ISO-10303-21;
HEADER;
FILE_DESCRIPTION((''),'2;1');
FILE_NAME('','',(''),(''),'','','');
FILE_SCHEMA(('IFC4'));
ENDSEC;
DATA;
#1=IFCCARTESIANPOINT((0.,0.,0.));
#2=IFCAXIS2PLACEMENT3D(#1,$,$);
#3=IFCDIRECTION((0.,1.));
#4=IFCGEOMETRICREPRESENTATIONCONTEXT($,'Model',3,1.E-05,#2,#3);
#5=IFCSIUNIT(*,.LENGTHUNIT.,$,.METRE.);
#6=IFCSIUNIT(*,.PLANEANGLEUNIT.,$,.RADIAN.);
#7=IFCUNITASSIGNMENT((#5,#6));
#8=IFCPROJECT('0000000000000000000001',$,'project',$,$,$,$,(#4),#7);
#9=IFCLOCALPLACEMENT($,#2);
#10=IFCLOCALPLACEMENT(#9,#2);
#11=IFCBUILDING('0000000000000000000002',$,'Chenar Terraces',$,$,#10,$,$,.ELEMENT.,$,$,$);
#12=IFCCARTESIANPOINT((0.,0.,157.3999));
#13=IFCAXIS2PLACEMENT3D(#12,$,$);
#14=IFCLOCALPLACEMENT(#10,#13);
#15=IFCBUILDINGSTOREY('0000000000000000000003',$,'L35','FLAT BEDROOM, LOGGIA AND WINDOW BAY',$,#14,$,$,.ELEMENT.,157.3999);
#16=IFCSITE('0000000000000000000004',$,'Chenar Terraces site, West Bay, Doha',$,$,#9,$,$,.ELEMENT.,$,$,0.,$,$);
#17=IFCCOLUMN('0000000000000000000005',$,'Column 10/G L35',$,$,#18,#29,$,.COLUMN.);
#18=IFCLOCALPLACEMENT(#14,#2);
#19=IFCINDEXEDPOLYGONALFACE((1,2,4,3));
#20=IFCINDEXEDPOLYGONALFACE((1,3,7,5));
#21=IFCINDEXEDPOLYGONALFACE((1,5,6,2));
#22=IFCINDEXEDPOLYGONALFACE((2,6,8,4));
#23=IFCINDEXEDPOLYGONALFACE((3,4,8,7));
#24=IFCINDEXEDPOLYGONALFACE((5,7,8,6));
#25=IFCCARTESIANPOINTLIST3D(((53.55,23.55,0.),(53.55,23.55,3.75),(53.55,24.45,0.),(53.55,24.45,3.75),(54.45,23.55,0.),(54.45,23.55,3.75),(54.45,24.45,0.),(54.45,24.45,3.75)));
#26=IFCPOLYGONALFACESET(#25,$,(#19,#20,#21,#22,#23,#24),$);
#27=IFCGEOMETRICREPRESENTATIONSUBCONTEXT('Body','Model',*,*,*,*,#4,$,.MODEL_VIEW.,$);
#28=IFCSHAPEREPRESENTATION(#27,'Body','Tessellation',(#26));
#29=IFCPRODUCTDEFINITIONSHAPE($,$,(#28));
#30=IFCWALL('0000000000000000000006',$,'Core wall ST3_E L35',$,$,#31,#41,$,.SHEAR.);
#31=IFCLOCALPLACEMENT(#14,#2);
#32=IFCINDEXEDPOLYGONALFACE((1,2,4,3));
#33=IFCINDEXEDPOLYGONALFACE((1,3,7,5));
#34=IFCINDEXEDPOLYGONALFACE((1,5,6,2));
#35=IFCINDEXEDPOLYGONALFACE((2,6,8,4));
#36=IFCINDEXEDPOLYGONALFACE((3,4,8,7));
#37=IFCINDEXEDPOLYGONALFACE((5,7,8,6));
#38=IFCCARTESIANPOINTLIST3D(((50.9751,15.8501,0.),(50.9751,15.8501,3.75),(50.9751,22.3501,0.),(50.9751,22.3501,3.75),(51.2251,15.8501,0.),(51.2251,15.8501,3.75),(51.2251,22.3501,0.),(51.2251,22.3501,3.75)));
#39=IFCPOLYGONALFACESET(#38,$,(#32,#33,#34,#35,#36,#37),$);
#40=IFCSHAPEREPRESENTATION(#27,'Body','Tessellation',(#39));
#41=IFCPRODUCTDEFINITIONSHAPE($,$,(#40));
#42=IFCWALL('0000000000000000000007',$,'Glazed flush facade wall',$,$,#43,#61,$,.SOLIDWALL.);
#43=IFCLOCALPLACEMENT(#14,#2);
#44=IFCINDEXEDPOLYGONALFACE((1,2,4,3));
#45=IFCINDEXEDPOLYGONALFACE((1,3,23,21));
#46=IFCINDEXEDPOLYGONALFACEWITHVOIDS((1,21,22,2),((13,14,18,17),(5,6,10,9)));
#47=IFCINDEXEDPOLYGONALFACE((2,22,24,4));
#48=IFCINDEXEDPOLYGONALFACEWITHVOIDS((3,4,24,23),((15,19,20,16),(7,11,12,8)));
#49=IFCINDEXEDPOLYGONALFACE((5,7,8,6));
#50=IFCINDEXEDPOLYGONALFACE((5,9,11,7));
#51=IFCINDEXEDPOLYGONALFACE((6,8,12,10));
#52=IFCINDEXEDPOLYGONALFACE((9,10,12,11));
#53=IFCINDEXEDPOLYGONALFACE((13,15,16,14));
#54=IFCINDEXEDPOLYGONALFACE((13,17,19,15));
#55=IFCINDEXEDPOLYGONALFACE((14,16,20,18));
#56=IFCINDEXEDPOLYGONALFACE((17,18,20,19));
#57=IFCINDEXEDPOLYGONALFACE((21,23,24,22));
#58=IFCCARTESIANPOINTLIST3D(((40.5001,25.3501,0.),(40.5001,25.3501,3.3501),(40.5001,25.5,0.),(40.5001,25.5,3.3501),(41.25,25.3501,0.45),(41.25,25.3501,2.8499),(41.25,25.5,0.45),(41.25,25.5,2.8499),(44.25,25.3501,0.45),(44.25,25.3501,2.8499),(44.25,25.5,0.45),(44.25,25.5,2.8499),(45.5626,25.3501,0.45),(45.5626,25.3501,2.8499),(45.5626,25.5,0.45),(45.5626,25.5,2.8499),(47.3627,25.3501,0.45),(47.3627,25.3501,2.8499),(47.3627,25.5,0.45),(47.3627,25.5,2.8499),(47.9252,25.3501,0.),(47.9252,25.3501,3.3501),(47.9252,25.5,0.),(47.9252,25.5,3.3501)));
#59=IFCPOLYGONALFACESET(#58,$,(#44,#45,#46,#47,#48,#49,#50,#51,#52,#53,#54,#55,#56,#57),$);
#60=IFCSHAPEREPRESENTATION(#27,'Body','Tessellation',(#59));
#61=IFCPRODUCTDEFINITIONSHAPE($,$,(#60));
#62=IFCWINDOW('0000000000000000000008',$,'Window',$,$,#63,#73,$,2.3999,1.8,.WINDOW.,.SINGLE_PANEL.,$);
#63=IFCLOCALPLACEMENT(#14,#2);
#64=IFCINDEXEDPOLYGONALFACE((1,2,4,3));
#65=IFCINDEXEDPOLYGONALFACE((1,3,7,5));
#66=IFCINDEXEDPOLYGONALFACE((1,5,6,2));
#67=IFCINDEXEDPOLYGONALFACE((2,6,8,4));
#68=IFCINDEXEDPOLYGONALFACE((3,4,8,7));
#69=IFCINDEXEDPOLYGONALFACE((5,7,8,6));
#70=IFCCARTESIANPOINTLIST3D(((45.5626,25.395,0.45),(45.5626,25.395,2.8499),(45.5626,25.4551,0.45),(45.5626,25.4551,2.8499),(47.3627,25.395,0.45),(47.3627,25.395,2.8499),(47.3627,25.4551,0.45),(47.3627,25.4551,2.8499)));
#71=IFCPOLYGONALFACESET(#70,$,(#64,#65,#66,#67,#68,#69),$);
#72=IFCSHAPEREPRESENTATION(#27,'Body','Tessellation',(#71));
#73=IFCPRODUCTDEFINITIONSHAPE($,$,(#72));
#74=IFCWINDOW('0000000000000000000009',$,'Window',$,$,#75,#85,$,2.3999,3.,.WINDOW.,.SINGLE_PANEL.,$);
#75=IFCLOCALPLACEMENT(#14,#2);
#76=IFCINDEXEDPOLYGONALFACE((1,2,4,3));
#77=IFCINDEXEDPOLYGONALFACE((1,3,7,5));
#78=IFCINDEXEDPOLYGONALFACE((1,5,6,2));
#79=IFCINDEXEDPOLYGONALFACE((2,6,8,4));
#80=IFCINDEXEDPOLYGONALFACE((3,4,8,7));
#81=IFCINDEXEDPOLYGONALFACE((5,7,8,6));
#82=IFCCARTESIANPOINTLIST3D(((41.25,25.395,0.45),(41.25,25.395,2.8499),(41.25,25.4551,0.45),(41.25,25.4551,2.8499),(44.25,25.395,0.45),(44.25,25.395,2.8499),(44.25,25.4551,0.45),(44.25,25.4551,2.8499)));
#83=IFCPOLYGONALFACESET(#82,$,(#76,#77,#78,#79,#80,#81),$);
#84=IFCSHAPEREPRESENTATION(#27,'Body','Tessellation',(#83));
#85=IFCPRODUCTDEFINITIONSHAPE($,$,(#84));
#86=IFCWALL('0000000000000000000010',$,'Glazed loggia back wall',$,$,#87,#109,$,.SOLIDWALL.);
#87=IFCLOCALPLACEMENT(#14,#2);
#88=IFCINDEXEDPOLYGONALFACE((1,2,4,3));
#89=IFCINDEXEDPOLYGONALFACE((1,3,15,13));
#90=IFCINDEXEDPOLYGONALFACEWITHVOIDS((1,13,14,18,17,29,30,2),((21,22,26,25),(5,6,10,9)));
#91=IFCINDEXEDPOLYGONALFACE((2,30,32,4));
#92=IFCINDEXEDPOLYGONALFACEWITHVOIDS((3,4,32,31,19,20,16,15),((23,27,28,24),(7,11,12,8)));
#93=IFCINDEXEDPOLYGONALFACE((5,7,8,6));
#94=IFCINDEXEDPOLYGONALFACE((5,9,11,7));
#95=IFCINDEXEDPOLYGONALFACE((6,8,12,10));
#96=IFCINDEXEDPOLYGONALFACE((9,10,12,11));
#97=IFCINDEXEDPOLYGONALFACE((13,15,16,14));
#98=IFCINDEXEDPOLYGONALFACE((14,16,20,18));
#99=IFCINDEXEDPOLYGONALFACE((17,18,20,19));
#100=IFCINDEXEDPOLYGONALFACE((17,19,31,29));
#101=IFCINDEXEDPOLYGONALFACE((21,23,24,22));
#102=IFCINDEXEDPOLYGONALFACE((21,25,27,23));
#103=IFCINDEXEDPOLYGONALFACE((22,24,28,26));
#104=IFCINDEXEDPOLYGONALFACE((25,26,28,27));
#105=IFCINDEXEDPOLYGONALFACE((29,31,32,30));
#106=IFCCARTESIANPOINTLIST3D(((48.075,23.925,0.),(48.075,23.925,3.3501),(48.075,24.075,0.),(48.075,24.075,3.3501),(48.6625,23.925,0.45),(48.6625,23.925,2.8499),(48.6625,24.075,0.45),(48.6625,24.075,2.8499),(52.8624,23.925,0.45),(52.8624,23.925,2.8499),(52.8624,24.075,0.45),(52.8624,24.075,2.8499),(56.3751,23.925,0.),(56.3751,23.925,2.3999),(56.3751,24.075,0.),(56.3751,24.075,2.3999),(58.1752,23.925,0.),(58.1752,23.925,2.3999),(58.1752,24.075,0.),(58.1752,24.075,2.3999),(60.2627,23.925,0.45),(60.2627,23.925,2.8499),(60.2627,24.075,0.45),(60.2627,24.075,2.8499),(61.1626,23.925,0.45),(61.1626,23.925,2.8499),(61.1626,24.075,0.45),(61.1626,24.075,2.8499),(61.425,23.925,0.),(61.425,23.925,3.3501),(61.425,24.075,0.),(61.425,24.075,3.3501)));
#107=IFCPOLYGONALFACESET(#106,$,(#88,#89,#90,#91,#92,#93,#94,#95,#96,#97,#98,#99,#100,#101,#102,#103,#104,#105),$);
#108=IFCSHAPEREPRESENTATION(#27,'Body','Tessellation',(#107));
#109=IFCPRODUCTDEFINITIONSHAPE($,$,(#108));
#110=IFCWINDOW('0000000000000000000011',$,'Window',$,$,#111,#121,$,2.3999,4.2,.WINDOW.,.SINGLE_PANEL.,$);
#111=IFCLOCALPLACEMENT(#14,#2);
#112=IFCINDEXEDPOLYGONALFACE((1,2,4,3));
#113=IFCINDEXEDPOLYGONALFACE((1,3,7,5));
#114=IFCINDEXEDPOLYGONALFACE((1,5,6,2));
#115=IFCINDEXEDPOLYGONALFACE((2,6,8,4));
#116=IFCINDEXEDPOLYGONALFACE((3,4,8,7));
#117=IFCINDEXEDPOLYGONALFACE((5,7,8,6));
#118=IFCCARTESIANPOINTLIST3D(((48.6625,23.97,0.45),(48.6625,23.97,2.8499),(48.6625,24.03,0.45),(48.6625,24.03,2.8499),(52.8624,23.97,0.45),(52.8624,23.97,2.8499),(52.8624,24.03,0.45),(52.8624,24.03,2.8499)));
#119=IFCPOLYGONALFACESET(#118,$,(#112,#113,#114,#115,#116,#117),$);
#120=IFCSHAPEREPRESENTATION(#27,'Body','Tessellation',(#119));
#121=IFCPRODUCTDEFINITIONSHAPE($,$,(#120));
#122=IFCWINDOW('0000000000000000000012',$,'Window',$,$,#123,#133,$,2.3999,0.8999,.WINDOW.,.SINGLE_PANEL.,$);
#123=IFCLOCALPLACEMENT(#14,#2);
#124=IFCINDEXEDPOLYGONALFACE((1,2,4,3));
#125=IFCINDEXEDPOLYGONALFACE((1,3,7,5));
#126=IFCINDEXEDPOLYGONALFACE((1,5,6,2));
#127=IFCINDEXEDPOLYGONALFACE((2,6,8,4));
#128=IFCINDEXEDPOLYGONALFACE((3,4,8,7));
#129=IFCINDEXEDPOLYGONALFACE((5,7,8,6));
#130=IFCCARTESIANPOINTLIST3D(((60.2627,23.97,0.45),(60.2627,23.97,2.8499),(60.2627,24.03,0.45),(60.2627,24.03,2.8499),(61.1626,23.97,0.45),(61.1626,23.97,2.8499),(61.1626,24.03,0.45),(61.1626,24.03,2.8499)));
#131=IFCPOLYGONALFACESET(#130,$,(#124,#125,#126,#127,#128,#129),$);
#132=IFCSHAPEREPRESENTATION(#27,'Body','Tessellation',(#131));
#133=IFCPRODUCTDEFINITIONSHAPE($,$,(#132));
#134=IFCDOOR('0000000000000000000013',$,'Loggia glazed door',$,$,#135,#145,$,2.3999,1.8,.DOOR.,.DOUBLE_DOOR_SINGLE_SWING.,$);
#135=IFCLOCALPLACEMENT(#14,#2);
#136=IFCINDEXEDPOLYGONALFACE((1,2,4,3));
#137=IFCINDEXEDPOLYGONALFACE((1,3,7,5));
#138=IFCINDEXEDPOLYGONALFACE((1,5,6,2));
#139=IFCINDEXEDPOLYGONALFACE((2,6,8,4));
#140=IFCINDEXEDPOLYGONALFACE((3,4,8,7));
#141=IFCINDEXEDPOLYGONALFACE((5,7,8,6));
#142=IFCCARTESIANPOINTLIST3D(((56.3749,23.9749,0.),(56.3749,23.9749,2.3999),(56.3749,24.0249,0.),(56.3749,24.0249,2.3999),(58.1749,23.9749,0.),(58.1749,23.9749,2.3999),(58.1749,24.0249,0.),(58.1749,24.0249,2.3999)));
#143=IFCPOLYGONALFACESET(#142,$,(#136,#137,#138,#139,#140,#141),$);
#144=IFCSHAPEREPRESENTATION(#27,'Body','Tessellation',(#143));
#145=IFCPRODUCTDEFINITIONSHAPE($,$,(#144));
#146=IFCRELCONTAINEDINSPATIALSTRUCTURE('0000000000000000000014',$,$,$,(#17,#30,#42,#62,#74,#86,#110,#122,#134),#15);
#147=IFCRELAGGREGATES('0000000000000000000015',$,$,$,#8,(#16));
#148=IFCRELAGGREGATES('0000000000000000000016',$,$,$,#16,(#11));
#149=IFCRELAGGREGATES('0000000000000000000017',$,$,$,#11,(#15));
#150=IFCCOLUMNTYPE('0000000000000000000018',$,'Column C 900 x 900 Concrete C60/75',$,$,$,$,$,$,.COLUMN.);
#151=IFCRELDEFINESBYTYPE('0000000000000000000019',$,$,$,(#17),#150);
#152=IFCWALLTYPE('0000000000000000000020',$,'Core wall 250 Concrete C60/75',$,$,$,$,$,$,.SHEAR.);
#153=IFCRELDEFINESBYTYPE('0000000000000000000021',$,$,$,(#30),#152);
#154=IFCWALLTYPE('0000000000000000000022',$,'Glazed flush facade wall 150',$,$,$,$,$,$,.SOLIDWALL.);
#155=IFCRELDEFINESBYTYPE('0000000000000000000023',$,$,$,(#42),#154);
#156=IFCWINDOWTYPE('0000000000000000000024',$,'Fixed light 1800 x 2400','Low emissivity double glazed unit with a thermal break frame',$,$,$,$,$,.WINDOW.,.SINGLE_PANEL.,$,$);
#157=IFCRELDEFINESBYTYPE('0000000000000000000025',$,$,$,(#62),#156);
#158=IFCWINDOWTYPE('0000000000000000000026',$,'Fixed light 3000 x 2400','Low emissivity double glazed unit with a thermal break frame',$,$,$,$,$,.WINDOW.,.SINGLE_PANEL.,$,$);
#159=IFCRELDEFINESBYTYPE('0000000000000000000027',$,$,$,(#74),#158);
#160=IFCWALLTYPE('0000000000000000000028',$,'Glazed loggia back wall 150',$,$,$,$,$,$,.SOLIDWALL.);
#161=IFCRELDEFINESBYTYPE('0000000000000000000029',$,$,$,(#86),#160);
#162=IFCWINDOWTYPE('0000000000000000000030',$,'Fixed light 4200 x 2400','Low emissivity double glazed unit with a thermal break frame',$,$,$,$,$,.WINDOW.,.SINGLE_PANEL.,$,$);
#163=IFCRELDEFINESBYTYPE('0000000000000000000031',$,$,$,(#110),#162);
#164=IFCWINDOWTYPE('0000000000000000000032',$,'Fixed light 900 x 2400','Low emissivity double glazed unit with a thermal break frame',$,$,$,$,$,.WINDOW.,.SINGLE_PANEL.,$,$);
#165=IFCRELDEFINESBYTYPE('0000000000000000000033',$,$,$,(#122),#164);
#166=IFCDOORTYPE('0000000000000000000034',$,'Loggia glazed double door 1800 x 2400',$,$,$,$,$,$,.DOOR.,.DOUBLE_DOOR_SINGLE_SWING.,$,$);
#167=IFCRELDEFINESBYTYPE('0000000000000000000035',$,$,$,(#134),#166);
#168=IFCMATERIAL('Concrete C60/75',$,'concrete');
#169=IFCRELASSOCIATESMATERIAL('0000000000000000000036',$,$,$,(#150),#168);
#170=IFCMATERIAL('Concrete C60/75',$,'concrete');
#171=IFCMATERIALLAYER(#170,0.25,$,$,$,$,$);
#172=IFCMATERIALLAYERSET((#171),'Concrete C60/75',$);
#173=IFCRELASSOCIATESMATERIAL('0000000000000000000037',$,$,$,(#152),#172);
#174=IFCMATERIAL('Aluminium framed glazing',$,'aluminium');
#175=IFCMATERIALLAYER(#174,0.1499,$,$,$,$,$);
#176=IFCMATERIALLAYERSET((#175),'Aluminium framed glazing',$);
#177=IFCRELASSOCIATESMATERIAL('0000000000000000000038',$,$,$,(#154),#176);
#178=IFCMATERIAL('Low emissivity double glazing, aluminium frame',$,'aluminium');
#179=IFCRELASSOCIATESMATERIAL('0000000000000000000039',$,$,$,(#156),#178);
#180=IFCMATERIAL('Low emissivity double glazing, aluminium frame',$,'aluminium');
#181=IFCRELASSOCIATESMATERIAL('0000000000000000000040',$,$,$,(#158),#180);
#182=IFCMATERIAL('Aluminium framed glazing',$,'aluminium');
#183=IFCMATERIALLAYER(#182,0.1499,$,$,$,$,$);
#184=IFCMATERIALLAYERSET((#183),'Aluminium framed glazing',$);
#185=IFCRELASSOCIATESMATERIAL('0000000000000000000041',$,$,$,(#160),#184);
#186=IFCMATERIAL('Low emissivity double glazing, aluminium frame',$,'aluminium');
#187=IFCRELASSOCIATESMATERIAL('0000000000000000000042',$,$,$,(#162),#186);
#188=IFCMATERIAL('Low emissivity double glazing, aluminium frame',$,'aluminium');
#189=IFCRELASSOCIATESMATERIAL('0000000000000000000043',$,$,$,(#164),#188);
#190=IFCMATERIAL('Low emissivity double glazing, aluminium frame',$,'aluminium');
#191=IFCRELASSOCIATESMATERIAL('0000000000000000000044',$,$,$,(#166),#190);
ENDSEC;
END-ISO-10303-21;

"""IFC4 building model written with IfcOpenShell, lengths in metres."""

from ifc_helpers import new_model, si_unit, direction, frame, frame_2d, origin, origin_2d, place, context, subcontext, project, spatial, rectangle, extrude, material, layer, layer_set, material_profile, profile_set, type_object, element, fill, save


model = new_model("IFC4")

# Units and contexts
model_context = context("Model", 3, precision=1e-05, world=origin(), true_north=direction((0.0, 1.0)))
body_context = subcontext(model_context, "Body", "Model", "MODEL_VIEW")
ifc_project = project(units=[si_unit("LENGTHUNIT", "METRE"), si_unit("PLANEANGLEUNIT", "RADIAN")], contexts=[model_context])

# Site, building, storey
site_placement = place(None, origin())
site = spatial("IfcSite", under=ifc_project, at=site_placement, Name="Chenar Terraces site, West Bay, Doha", CompositionType="ELEMENT", RefElevation=0.0)
building_placement = place(site_placement, origin())
building = spatial("IfcBuilding", under=site, at=building_placement, Name="Chenar Terraces", CompositionType="ELEMENT")
storey_placement = place(building_placement, frame((0.0, 0.0, 157.3999)))
storey = spatial("IfcBuildingStorey", under=building, at=storey_placement, Name="L35", Description="FLAT BEDROOM, LOGGIA AND WINDOW BAY", CompositionType="ELEMENT", Elevation=157.3999)

# Column
ifc_material_1 = material(Name="Concrete C60/75", Category="concrete")
ifc_material_profile_1 = material_profile(ifc_material_1, rectangle(XDim=0.8999, YDim=0.8999, at=origin_2d()), Name="C 900 x 900")
ifc_profile_set_1 = profile_set([ifc_material_profile_1], Name="Concrete C60/75")
column_type = type_object("IfcColumnType", Name="Column C 900 x 900 Concrete C60/75", PredefinedType="COLUMN", material=ifc_profile_set_1)
column_placement = place(storey_placement, frame((54.0, 24.0, 0.0), z_axis=(0.0, 0.0, 1.0), x_axis=(1.0, 0.0, 0.0)))
element("IfcColumn", 1, at=column_placement, inside=storey, type_object=column_type, Name="Column 10/G L35", PredefinedType="COLUMN", context=body_context, shape_type="SweptSolid", body=[
    extrude(rectangle(XDim=0.8999, YDim=0.8999, at=origin_2d()), origin(), (0.0, 0.0, 1.0), 3.75),
])

# Wall
ifc_material_2 = material(Name="Concrete C60/75", Category="concrete")
ifc_layer_1 = layer(ifc_material_2, 0.25)
ifc_layer_set_1 = layer_set([ifc_layer_1], Name="Concrete C60/75")
wall_type_1 = type_object("IfcWallType", Name="Core wall 250 Concrete C60/75", PredefinedType="SHEAR", material=ifc_layer_set_1)
wall_1_placement = place(storey_placement, frame((51.1001, 15.8501, 0.0), z_axis=(0.0, 0.0, 1.0), x_axis=(0.0, 1.0, 0.0)))
element("IfcWall", 2, at=wall_1_placement, inside=storey, type_object=wall_type_1, Name="Core wall ST3_E L35", PredefinedType="SHEAR", context=body_context, shape_type="SweptSolid", body=[
    extrude(rectangle(XDim=6.5, YDim=0.25, at=frame_2d((3.25, 0.0))), origin(), (0.0, 0.0, 1.0), 3.75),
])

# Wall, openings, windows
ifc_material_3 = material(Name="Aluminium framed glazing", Category="aluminium")
ifc_layer_2 = layer(ifc_material_3, 0.1499)
ifc_layer_set_2 = layer_set([ifc_layer_2], Name="Aluminium framed glazing")
wall_type_2 = type_object("IfcWallType", Name="Glazed flush facade wall 150", PredefinedType="SOLIDWALL", material=ifc_layer_set_2)
wall_2_placement = place(storey_placement, frame((47.925, 25.425, 0.0), z_axis=(0.0, 0.0, 1.0), x_axis=(-1.0, 0.0, 0.0)))
wall_2 = element("IfcWall", 3, at=wall_2_placement, inside=storey, type_object=wall_type_2, Name="Glazed flush facade wall", PredefinedType="SOLIDWALL", context=body_context, shape_type="SweptSolid", body=[
    extrude(rectangle(XDim=7.425, YDim=0.1499, at=frame_2d((3.7124, 0.0))), origin(), (0.0, 0.0, 1.0), 3.3501),
])
opening_1_placement = place(wall_2_placement, frame((0.5625, 0.0, 0.45)))
opening_1 = element("IfcOpeningElement", 4, at=opening_1_placement, cuts=wall_2, PredefinedType="OPENING", context=body_context, shape_type="SweptSolid", body=[
    extrude(rectangle(XDim=1.8, YDim=2.3999, at=frame_2d((0.8999, 1.2))), frame((0.0, 0.085, 0.0), z_axis=(0.0, -1.0, 0.0), x_axis=(1.0, 0.0, 0.0)), (0.0, 0.0, 1.0), 0.1699),
])
opening_2_placement = place(wall_2_placement, frame((3.675, 0.0, 0.45)))
opening_2 = element("IfcOpeningElement", 5, at=opening_2_placement, cuts=wall_2, PredefinedType="OPENING", context=body_context, shape_type="SweptSolid", body=[
    extrude(rectangle(XDim=3.0, YDim=2.3999, at=frame_2d((1.5, 1.2))), frame((0.0, 0.085, 0.0), z_axis=(0.0, -1.0, 0.0), x_axis=(1.0, 0.0, 0.0)), (0.0, 0.0, 1.0), 0.1699),
])
ifc_material_4 = material(Name="Low emissivity double glazing, aluminium frame", Category="aluminium")
window_type_1 = type_object("IfcWindowType", Name="Fixed light 1800 x 2400", Description="Low emissivity double glazed unit with a thermal break frame", PartitioningType="SINGLE_PANEL", PredefinedType="WINDOW", material=ifc_material_4)
window_1_placement = place(opening_1_placement, origin())
window_1 = element("IfcWindow", 6, at=window_1_placement, inside=storey, type_object=window_type_1, Name="Window", OverallHeight=2.3999, OverallWidth=1.8, PartitioningType="SINGLE_PANEL", PredefinedType="WINDOW", context=body_context, shape_type="SweptSolid", body=[
    extrude(rectangle(XDim=1.8, YDim=2.3999, at=frame_2d((0.8999, 1.2))), frame((0.0, 0.03, 0.0), z_axis=(0.0, -1.0, 0.0), x_axis=(1.0, 0.0, 0.0)), (0.0, 0.0, 1.0), 0.0601),
])
fill(opening_1, window_1)
ifc_material_5 = material(Name="Low emissivity double glazing, aluminium frame", Category="aluminium")
window_type_2 = type_object("IfcWindowType", Name="Fixed light 3000 x 2400", Description="Low emissivity double glazed unit with a thermal break frame", PartitioningType="SINGLE_PANEL", PredefinedType="WINDOW", material=ifc_material_5)
window_2_placement = place(opening_2_placement, origin())
window_2 = element("IfcWindow", 7, at=window_2_placement, inside=storey, type_object=window_type_2, Name="Window", OverallHeight=2.3999, OverallWidth=3.0, PartitioningType="SINGLE_PANEL", PredefinedType="WINDOW", context=body_context, shape_type="SweptSolid", body=[
    extrude(rectangle(XDim=3.0, YDim=2.3999, at=frame_2d((1.5, 1.2))), frame((0.0, 0.03, 0.0), z_axis=(0.0, -1.0, 0.0), x_axis=(1.0, 0.0, 0.0)), (0.0, 0.0, 1.0), 0.0601),
])
fill(opening_2, window_2)

# Wall, openings, windows, door
ifc_material_6 = material(Name="Aluminium framed glazing", Category="aluminium")
ifc_layer_3 = layer(ifc_material_6, 0.1499)
ifc_layer_set_3 = layer_set([ifc_layer_3], Name="Aluminium framed glazing")
wall_type_3 = type_object("IfcWallType", Name="Glazed loggia back wall 150", PredefinedType="SOLIDWALL", material=ifc_layer_set_3)
wall_3_placement = place(storey_placement, frame((61.425, 24.0, 0.0), z_axis=(0.0, 0.0, 1.0), x_axis=(-1.0, 0.0, 0.0)))
wall_3 = element("IfcWall", 8, at=wall_3_placement, inside=storey, type_object=wall_type_3, Name="Glazed loggia back wall", PredefinedType="SOLIDWALL", context=body_context, shape_type="SweptSolid", body=[
    extrude(rectangle(XDim=13.3501, YDim=0.1499, at=frame_2d((6.675, 0.0))), origin(), (0.0, 0.0, 1.0), 3.3501),
])
opening_3_placement = place(wall_3_placement, frame((0.2625, 0.0, 0.45)))
opening_3 = element("IfcOpeningElement", 9, at=opening_3_placement, cuts=wall_3, PredefinedType="OPENING", context=body_context, shape_type="SweptSolid", body=[
    extrude(rectangle(XDim=0.8999, YDim=2.3999, at=frame_2d((0.45, 1.2))), frame((0.0, 0.085, 0.0), z_axis=(0.0, -1.0, 0.0), x_axis=(1.0, 0.0, 0.0)), (0.0, 0.0, 1.0), 0.1699),
])
opening_4_placement = place(wall_3_placement, frame((3.25, 0.0, 0.0)))
opening_4 = element("IfcOpeningElement", 10, at=opening_4_placement, cuts=wall_3, PredefinedType="OPENING", context=body_context, shape_type="SweptSolid", body=[
    extrude(rectangle(XDim=1.8, YDim=2.3999, at=frame_2d((0.8999, 1.2))), frame((0.0, 0.085, 0.0), z_axis=(0.0, -1.0, 0.0), x_axis=(1.0, 0.0, 0.0)), (0.0, 0.0, 1.0), 0.1699),
])
opening_5_placement = place(wall_3_placement, frame((8.5625, 0.0, 0.45)))
opening_5 = element("IfcOpeningElement", 11, at=opening_5_placement, cuts=wall_3, PredefinedType="OPENING", context=body_context, shape_type="SweptSolid", body=[
    extrude(rectangle(XDim=4.2, YDim=2.3999, at=frame_2d((2.1001, 1.2))), frame((0.0, 0.085, 0.0), z_axis=(0.0, -1.0, 0.0), x_axis=(1.0, 0.0, 0.0)), (0.0, 0.0, 1.0), 0.1699),
])
ifc_material_7 = material(Name="Low emissivity double glazing, aluminium frame", Category="aluminium")
window_type_3 = type_object("IfcWindowType", Name="Fixed light 4200 x 2400", Description="Low emissivity double glazed unit with a thermal break frame", PartitioningType="SINGLE_PANEL", PredefinedType="WINDOW", material=ifc_material_7)
window_3_placement = place(opening_5_placement, origin())
window_3 = element("IfcWindow", 12, at=window_3_placement, inside=storey, type_object=window_type_3, Name="Window", OverallHeight=2.3999, OverallWidth=4.2, PartitioningType="SINGLE_PANEL", PredefinedType="WINDOW", context=body_context, shape_type="SweptSolid", body=[
    extrude(rectangle(XDim=4.2, YDim=2.3999, at=frame_2d((2.1001, 1.2))), frame((0.0, 0.03, 0.0), z_axis=(0.0, -1.0, 0.0), x_axis=(1.0, 0.0, 0.0)), (0.0, 0.0, 1.0), 0.0601),
])
fill(opening_5, window_3)
ifc_material_8 = material(Name="Low emissivity double glazing, aluminium frame", Category="aluminium")
window_type_4 = type_object("IfcWindowType", Name="Fixed light 900 x 2400", Description="Low emissivity double glazed unit with a thermal break frame", PartitioningType="SINGLE_PANEL", PredefinedType="WINDOW", material=ifc_material_8)
window_4_placement = place(opening_3_placement, origin())
window_4 = element("IfcWindow", 13, at=window_4_placement, inside=storey, type_object=window_type_4, Name="Window", OverallHeight=2.3999, OverallWidth=0.8999, PartitioningType="SINGLE_PANEL", PredefinedType="WINDOW", context=body_context, shape_type="SweptSolid", body=[
    extrude(rectangle(XDim=0.8999, YDim=2.3999, at=frame_2d((0.45, 1.2))), frame((0.0, 0.03, 0.0), z_axis=(0.0, -1.0, 0.0), x_axis=(1.0, 0.0, 0.0)), (0.0, 0.0, 1.0), 0.0601),
])
fill(opening_3, window_4)
ifc_material_9 = material(Name="Low emissivity double glazing, aluminium frame", Category="aluminium")
door_type_1 = type_object("IfcDoorType", Name="Loggia glazed double door 1800 x 2400", OperationType="DOUBLE_DOOR_SINGLE_SWING", PredefinedType="DOOR", material=ifc_material_9)
door_1_placement = place(opening_4_placement, frame((1.8, 0.0, 0.0), z_axis=(0.0, 0.0, 1.0), x_axis=(-1.0, 0.0, 0.0)))
door_1 = element("IfcDoor", 14, at=door_1_placement, inside=storey, type_object=door_type_1, Name="Loggia glazed door", OperationType="DOUBLE_DOOR_SINGLE_SWING", OverallHeight=2.3999, OverallWidth=1.8, PredefinedType="DOOR", context=body_context, shape_type="SweptSolid", body=[
    extrude(rectangle(XDim=1.8, YDim=2.3999, at=frame_2d((0.8999, 1.2))), frame((0.0, 0.0249, 0.0), z_axis=(0.0, -1.0, 0.0), x_axis=(1.0, 0.0, 0.0)), (0.0, 0.0, 1.0), 0.05),
])
fill(opening_4, door_1)

save(model, "model.ifc")
